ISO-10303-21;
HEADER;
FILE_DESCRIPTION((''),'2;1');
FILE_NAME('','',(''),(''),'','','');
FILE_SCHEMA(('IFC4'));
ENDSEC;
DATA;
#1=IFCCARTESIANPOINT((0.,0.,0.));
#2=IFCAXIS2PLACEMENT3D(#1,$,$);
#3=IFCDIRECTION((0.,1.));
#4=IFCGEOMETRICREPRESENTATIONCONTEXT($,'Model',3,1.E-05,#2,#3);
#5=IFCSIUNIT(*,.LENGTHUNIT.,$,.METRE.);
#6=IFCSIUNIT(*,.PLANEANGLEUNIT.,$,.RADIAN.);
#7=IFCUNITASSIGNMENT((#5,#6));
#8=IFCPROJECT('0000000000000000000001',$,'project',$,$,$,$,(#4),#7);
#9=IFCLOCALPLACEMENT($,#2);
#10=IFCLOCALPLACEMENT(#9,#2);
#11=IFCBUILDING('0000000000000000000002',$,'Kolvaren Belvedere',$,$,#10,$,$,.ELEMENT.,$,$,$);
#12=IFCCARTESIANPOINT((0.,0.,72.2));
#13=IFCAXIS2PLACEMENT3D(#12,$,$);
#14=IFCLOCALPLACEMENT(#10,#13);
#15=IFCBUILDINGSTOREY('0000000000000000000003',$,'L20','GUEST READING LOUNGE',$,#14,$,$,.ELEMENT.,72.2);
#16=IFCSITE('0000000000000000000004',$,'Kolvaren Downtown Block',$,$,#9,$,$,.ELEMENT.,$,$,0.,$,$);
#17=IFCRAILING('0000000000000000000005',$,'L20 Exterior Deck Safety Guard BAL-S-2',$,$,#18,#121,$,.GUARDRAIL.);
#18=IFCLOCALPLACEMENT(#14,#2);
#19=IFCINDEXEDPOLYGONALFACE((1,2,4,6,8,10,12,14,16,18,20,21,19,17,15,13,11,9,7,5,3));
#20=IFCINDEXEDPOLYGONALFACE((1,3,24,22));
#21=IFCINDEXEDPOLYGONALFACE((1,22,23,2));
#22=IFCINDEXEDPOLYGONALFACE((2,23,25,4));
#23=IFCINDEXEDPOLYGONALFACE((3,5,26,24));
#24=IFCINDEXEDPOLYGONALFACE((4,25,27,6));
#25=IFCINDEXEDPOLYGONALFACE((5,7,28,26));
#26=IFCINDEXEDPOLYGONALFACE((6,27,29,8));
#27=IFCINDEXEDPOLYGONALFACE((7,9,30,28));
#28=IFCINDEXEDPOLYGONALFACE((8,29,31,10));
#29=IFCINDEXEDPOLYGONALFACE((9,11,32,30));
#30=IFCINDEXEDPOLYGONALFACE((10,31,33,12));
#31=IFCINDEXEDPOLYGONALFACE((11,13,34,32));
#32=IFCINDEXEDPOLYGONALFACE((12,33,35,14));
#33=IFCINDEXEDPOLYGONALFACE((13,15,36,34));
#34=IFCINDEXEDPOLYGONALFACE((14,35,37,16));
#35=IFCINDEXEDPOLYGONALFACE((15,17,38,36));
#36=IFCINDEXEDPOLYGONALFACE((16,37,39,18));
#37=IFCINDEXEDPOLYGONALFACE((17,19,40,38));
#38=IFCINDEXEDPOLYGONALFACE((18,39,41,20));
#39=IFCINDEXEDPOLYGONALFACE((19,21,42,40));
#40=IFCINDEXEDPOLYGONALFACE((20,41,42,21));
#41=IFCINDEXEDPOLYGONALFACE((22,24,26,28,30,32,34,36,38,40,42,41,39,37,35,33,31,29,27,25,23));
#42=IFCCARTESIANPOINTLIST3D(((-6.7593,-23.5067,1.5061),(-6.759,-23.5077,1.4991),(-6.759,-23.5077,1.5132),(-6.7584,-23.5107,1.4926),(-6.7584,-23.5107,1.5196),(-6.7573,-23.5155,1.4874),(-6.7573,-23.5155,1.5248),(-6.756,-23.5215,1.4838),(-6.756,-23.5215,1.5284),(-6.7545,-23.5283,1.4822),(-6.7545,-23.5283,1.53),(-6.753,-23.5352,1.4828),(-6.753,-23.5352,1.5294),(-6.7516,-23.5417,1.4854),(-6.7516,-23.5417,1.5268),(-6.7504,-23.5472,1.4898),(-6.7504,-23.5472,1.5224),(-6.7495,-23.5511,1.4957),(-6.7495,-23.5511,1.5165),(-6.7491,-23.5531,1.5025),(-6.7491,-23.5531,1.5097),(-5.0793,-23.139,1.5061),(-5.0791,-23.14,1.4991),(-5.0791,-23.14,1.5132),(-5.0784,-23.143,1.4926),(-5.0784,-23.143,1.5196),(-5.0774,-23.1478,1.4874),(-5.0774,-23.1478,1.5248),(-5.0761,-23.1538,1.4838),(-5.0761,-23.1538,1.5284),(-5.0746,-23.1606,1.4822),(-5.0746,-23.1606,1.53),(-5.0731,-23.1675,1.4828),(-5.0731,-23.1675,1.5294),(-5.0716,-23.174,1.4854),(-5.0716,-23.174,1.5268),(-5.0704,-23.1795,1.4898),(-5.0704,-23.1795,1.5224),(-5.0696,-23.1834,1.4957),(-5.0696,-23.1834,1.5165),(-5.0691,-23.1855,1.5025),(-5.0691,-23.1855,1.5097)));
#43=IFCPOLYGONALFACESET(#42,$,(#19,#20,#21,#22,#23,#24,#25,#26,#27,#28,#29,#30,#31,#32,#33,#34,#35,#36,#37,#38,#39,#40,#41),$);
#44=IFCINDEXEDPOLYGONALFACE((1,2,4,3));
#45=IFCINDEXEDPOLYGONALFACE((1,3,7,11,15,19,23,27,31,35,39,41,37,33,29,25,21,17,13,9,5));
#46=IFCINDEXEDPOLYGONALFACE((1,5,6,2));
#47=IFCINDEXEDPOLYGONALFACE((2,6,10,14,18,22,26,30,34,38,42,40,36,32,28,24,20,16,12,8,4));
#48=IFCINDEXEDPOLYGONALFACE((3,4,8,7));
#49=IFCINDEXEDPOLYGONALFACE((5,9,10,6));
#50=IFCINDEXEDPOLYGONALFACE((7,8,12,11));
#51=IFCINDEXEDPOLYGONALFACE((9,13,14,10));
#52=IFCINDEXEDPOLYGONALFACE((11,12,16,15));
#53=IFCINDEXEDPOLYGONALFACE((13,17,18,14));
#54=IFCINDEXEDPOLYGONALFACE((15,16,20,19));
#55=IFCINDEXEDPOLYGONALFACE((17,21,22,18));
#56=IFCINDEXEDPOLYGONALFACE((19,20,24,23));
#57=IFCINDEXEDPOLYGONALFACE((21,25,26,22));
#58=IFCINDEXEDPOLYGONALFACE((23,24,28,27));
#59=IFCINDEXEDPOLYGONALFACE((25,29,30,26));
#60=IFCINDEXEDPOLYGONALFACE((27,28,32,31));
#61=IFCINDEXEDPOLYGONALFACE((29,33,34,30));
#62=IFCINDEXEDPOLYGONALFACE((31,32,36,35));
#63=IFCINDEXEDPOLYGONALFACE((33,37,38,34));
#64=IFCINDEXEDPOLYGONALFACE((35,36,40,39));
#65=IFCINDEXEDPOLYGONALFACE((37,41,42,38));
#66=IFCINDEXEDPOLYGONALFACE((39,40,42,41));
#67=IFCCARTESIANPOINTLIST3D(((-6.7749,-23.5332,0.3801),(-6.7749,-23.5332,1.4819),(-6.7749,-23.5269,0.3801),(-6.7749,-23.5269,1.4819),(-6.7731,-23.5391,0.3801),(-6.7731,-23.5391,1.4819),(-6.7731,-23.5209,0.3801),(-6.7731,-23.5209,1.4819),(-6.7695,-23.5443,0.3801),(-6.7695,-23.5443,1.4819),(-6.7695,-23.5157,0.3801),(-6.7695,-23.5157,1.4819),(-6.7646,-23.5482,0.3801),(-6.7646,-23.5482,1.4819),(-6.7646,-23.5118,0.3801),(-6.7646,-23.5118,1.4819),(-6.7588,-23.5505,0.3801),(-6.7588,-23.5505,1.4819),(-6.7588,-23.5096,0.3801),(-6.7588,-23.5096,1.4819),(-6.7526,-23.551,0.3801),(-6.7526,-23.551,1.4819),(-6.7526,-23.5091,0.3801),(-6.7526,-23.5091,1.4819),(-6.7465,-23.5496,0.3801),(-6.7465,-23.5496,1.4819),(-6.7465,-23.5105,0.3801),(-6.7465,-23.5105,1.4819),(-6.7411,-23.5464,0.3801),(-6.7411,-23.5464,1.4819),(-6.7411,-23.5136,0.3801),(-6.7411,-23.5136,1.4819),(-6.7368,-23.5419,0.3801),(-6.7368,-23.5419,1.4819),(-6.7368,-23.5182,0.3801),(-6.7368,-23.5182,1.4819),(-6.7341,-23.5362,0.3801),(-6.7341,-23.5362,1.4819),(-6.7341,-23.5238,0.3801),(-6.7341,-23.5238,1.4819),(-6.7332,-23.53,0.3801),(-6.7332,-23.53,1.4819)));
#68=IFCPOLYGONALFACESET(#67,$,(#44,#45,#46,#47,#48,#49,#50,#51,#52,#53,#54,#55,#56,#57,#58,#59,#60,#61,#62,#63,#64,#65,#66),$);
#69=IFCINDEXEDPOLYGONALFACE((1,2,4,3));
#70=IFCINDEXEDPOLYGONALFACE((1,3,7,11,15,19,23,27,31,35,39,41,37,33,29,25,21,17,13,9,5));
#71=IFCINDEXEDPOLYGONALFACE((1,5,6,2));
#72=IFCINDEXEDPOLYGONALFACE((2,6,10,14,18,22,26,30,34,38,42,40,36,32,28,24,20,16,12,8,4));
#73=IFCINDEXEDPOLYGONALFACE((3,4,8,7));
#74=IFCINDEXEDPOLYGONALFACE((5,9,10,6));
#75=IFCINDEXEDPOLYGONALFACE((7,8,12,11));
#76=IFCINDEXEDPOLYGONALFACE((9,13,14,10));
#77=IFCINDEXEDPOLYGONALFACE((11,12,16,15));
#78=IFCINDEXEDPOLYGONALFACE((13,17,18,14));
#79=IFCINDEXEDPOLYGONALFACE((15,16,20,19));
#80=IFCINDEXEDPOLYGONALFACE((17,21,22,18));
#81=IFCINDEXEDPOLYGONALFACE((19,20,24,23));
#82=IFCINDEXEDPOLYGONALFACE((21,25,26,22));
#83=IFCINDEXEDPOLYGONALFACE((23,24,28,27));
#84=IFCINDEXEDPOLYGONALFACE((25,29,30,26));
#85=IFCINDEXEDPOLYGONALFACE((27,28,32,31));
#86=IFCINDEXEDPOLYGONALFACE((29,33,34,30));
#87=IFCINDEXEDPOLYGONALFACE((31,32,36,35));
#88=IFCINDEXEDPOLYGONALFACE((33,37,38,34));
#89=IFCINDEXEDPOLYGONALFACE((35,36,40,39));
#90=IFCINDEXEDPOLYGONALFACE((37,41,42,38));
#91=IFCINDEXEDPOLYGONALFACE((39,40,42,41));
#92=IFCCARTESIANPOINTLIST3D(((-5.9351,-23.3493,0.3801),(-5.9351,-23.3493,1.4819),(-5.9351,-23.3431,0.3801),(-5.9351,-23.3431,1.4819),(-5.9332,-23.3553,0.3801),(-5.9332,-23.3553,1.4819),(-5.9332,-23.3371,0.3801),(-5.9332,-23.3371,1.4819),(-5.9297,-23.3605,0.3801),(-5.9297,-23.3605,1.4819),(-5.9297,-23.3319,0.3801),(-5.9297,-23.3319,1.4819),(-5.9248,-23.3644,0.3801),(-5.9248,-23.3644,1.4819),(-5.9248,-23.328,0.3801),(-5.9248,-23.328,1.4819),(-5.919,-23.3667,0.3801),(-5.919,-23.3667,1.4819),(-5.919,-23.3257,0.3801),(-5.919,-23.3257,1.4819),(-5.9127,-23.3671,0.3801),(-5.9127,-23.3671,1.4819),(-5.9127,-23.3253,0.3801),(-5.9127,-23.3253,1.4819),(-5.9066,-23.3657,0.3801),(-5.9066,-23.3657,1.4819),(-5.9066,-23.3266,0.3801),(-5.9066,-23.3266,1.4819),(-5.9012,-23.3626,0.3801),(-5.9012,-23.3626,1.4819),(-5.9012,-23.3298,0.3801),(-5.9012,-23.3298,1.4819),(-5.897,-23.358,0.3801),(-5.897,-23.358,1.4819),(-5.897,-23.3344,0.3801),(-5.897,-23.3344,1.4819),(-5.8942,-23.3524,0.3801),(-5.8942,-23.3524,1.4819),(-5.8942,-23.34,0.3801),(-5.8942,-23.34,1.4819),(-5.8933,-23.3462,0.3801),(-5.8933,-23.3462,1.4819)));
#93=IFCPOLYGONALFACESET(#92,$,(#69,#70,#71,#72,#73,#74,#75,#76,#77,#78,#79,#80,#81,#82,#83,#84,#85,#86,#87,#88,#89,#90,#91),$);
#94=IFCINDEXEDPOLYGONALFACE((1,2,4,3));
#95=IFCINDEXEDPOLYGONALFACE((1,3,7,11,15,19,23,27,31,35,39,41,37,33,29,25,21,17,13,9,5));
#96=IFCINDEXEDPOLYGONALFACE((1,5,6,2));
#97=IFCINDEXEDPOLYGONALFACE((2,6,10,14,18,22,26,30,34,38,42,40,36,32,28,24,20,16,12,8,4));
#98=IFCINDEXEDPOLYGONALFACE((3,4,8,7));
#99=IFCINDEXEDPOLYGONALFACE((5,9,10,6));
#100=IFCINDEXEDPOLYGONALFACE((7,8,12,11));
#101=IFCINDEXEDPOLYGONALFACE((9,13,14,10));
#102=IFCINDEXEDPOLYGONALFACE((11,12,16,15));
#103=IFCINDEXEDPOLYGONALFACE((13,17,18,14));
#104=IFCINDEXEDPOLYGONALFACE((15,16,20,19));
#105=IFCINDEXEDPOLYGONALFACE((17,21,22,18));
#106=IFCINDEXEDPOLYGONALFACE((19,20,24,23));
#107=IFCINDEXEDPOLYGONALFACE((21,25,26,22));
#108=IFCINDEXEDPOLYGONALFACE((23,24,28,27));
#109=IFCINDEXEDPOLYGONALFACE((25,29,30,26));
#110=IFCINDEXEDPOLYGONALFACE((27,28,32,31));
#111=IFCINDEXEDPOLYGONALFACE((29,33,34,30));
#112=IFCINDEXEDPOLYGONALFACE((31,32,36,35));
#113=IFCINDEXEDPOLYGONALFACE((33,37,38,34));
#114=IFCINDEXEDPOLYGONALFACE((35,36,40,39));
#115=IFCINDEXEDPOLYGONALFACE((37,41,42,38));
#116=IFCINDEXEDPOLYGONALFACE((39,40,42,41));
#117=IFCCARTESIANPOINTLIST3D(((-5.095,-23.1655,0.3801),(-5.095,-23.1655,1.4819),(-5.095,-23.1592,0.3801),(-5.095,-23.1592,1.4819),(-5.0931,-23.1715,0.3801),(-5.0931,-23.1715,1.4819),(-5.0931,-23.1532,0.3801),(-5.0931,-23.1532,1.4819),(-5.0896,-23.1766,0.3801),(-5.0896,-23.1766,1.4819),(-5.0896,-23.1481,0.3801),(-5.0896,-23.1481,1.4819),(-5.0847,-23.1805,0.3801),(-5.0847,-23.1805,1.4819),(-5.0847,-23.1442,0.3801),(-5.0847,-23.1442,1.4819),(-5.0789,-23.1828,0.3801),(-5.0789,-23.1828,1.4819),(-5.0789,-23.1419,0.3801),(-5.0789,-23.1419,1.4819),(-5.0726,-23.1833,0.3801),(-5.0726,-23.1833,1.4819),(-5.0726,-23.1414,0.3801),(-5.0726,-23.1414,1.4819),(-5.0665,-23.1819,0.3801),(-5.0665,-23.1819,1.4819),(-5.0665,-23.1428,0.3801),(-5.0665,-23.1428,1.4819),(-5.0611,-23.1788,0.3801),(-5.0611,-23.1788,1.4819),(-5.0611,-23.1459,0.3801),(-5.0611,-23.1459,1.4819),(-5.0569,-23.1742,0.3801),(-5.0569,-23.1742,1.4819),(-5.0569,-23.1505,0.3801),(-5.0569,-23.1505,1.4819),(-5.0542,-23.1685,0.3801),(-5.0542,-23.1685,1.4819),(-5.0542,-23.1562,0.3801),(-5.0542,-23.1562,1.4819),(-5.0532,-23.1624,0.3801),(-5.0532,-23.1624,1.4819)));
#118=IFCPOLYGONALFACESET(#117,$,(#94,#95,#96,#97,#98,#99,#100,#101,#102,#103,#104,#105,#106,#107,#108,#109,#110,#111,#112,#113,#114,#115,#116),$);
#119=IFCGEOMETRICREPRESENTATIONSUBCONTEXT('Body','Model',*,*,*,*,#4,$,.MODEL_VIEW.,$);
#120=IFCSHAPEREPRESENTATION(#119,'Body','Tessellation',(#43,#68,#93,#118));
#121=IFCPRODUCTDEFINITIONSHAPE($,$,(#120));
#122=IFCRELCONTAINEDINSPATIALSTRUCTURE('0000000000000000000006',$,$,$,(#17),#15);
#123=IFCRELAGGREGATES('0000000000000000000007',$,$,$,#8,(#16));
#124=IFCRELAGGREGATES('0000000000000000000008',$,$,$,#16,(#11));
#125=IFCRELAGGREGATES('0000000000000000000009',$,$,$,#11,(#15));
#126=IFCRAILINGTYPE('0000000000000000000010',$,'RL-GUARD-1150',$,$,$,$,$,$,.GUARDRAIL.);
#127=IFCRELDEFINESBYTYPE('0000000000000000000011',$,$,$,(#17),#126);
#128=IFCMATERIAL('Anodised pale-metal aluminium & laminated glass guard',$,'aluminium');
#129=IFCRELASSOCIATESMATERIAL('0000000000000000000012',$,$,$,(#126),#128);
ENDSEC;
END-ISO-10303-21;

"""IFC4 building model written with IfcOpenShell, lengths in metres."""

from ifc_helpers import new_model, si_unit, direction, frame, origin, origin_2d, place, context, subcontext, project, spatial, circle, extrude, material, type_object, element, save


model = new_model("IFC4")

# Units and contexts
model_context = context("Model", 3, precision=1e-05, world=origin(), true_north=direction((0.0, 1.0)))
body_context = subcontext(model_context, "Body", "Model", "MODEL_VIEW")
ifc_project = project(units=[si_unit("LENGTHUNIT", "METRE"), si_unit("PLANEANGLEUNIT", "RADIAN")], contexts=[model_context])

# Site, building, storey
site_placement = place(None, origin())
site = spatial("IfcSite", under=ifc_project, at=site_placement, Name="Kolvaren Downtown Block", CompositionType="ELEMENT", RefElevation=0.0)
building_placement = place(site_placement, origin())
building = spatial("IfcBuilding", under=site, at=building_placement, Name="Kolvaren Belvedere", CompositionType="ELEMENT")
storey_placement = place(building_placement, frame((0.0, 0.0, 72.2)))
storey = spatial("IfcBuildingStorey", under=building, at=storey_placement, Name="L20", Description="GUEST READING LOUNGE", CompositionType="ELEMENT", Elevation=72.2)

# Railing
ifc_material_1 = material(Name="Anodised pale-metal aluminium & laminated glass guard", Category="aluminium")
railing_type = type_object("IfcRailingType", Name="RL-GUARD-1150", PredefinedType="GUARDRAIL", material=ifc_material_1)
railing_1_placement = place(storey_placement, frame((-6.7542, -23.53, 0.3801)))
element("IfcRailing", 1, at=railing_1_placement, inside=storey, type_object=railing_type, Name="L20 Exterior Deck Safety Guard BAL-S-2", PredefinedType="GUARDRAIL", context=body_context, shape_type="SweptSolid", body=[
    extrude(circle(Radius=0.0239, at=origin_2d()), frame((0.0, 0.0, 1.126), z_axis=(0.976877, 0.213803, 0.0), x_axis=(-0.213803, 0.976877, 0.0)), (0.0, 0.0, 1.0), 1.7197),
    extrude(circle(Radius=0.021, at=origin_2d()), origin(), (0.0, 0.0, 1.0), 1.1018),
    extrude(circle(Radius=0.021, at=origin_2d()), frame((0.8398, 0.1838, 0.0)), (0.0, 0.0, 1.0), 1.1018),
    extrude(circle(Radius=0.021, at=origin_2d()), frame((1.6799, 0.3677, 0.0)), (0.0, 0.0, 1.0), 1.1018),
])

save(model, "model.ifc")
